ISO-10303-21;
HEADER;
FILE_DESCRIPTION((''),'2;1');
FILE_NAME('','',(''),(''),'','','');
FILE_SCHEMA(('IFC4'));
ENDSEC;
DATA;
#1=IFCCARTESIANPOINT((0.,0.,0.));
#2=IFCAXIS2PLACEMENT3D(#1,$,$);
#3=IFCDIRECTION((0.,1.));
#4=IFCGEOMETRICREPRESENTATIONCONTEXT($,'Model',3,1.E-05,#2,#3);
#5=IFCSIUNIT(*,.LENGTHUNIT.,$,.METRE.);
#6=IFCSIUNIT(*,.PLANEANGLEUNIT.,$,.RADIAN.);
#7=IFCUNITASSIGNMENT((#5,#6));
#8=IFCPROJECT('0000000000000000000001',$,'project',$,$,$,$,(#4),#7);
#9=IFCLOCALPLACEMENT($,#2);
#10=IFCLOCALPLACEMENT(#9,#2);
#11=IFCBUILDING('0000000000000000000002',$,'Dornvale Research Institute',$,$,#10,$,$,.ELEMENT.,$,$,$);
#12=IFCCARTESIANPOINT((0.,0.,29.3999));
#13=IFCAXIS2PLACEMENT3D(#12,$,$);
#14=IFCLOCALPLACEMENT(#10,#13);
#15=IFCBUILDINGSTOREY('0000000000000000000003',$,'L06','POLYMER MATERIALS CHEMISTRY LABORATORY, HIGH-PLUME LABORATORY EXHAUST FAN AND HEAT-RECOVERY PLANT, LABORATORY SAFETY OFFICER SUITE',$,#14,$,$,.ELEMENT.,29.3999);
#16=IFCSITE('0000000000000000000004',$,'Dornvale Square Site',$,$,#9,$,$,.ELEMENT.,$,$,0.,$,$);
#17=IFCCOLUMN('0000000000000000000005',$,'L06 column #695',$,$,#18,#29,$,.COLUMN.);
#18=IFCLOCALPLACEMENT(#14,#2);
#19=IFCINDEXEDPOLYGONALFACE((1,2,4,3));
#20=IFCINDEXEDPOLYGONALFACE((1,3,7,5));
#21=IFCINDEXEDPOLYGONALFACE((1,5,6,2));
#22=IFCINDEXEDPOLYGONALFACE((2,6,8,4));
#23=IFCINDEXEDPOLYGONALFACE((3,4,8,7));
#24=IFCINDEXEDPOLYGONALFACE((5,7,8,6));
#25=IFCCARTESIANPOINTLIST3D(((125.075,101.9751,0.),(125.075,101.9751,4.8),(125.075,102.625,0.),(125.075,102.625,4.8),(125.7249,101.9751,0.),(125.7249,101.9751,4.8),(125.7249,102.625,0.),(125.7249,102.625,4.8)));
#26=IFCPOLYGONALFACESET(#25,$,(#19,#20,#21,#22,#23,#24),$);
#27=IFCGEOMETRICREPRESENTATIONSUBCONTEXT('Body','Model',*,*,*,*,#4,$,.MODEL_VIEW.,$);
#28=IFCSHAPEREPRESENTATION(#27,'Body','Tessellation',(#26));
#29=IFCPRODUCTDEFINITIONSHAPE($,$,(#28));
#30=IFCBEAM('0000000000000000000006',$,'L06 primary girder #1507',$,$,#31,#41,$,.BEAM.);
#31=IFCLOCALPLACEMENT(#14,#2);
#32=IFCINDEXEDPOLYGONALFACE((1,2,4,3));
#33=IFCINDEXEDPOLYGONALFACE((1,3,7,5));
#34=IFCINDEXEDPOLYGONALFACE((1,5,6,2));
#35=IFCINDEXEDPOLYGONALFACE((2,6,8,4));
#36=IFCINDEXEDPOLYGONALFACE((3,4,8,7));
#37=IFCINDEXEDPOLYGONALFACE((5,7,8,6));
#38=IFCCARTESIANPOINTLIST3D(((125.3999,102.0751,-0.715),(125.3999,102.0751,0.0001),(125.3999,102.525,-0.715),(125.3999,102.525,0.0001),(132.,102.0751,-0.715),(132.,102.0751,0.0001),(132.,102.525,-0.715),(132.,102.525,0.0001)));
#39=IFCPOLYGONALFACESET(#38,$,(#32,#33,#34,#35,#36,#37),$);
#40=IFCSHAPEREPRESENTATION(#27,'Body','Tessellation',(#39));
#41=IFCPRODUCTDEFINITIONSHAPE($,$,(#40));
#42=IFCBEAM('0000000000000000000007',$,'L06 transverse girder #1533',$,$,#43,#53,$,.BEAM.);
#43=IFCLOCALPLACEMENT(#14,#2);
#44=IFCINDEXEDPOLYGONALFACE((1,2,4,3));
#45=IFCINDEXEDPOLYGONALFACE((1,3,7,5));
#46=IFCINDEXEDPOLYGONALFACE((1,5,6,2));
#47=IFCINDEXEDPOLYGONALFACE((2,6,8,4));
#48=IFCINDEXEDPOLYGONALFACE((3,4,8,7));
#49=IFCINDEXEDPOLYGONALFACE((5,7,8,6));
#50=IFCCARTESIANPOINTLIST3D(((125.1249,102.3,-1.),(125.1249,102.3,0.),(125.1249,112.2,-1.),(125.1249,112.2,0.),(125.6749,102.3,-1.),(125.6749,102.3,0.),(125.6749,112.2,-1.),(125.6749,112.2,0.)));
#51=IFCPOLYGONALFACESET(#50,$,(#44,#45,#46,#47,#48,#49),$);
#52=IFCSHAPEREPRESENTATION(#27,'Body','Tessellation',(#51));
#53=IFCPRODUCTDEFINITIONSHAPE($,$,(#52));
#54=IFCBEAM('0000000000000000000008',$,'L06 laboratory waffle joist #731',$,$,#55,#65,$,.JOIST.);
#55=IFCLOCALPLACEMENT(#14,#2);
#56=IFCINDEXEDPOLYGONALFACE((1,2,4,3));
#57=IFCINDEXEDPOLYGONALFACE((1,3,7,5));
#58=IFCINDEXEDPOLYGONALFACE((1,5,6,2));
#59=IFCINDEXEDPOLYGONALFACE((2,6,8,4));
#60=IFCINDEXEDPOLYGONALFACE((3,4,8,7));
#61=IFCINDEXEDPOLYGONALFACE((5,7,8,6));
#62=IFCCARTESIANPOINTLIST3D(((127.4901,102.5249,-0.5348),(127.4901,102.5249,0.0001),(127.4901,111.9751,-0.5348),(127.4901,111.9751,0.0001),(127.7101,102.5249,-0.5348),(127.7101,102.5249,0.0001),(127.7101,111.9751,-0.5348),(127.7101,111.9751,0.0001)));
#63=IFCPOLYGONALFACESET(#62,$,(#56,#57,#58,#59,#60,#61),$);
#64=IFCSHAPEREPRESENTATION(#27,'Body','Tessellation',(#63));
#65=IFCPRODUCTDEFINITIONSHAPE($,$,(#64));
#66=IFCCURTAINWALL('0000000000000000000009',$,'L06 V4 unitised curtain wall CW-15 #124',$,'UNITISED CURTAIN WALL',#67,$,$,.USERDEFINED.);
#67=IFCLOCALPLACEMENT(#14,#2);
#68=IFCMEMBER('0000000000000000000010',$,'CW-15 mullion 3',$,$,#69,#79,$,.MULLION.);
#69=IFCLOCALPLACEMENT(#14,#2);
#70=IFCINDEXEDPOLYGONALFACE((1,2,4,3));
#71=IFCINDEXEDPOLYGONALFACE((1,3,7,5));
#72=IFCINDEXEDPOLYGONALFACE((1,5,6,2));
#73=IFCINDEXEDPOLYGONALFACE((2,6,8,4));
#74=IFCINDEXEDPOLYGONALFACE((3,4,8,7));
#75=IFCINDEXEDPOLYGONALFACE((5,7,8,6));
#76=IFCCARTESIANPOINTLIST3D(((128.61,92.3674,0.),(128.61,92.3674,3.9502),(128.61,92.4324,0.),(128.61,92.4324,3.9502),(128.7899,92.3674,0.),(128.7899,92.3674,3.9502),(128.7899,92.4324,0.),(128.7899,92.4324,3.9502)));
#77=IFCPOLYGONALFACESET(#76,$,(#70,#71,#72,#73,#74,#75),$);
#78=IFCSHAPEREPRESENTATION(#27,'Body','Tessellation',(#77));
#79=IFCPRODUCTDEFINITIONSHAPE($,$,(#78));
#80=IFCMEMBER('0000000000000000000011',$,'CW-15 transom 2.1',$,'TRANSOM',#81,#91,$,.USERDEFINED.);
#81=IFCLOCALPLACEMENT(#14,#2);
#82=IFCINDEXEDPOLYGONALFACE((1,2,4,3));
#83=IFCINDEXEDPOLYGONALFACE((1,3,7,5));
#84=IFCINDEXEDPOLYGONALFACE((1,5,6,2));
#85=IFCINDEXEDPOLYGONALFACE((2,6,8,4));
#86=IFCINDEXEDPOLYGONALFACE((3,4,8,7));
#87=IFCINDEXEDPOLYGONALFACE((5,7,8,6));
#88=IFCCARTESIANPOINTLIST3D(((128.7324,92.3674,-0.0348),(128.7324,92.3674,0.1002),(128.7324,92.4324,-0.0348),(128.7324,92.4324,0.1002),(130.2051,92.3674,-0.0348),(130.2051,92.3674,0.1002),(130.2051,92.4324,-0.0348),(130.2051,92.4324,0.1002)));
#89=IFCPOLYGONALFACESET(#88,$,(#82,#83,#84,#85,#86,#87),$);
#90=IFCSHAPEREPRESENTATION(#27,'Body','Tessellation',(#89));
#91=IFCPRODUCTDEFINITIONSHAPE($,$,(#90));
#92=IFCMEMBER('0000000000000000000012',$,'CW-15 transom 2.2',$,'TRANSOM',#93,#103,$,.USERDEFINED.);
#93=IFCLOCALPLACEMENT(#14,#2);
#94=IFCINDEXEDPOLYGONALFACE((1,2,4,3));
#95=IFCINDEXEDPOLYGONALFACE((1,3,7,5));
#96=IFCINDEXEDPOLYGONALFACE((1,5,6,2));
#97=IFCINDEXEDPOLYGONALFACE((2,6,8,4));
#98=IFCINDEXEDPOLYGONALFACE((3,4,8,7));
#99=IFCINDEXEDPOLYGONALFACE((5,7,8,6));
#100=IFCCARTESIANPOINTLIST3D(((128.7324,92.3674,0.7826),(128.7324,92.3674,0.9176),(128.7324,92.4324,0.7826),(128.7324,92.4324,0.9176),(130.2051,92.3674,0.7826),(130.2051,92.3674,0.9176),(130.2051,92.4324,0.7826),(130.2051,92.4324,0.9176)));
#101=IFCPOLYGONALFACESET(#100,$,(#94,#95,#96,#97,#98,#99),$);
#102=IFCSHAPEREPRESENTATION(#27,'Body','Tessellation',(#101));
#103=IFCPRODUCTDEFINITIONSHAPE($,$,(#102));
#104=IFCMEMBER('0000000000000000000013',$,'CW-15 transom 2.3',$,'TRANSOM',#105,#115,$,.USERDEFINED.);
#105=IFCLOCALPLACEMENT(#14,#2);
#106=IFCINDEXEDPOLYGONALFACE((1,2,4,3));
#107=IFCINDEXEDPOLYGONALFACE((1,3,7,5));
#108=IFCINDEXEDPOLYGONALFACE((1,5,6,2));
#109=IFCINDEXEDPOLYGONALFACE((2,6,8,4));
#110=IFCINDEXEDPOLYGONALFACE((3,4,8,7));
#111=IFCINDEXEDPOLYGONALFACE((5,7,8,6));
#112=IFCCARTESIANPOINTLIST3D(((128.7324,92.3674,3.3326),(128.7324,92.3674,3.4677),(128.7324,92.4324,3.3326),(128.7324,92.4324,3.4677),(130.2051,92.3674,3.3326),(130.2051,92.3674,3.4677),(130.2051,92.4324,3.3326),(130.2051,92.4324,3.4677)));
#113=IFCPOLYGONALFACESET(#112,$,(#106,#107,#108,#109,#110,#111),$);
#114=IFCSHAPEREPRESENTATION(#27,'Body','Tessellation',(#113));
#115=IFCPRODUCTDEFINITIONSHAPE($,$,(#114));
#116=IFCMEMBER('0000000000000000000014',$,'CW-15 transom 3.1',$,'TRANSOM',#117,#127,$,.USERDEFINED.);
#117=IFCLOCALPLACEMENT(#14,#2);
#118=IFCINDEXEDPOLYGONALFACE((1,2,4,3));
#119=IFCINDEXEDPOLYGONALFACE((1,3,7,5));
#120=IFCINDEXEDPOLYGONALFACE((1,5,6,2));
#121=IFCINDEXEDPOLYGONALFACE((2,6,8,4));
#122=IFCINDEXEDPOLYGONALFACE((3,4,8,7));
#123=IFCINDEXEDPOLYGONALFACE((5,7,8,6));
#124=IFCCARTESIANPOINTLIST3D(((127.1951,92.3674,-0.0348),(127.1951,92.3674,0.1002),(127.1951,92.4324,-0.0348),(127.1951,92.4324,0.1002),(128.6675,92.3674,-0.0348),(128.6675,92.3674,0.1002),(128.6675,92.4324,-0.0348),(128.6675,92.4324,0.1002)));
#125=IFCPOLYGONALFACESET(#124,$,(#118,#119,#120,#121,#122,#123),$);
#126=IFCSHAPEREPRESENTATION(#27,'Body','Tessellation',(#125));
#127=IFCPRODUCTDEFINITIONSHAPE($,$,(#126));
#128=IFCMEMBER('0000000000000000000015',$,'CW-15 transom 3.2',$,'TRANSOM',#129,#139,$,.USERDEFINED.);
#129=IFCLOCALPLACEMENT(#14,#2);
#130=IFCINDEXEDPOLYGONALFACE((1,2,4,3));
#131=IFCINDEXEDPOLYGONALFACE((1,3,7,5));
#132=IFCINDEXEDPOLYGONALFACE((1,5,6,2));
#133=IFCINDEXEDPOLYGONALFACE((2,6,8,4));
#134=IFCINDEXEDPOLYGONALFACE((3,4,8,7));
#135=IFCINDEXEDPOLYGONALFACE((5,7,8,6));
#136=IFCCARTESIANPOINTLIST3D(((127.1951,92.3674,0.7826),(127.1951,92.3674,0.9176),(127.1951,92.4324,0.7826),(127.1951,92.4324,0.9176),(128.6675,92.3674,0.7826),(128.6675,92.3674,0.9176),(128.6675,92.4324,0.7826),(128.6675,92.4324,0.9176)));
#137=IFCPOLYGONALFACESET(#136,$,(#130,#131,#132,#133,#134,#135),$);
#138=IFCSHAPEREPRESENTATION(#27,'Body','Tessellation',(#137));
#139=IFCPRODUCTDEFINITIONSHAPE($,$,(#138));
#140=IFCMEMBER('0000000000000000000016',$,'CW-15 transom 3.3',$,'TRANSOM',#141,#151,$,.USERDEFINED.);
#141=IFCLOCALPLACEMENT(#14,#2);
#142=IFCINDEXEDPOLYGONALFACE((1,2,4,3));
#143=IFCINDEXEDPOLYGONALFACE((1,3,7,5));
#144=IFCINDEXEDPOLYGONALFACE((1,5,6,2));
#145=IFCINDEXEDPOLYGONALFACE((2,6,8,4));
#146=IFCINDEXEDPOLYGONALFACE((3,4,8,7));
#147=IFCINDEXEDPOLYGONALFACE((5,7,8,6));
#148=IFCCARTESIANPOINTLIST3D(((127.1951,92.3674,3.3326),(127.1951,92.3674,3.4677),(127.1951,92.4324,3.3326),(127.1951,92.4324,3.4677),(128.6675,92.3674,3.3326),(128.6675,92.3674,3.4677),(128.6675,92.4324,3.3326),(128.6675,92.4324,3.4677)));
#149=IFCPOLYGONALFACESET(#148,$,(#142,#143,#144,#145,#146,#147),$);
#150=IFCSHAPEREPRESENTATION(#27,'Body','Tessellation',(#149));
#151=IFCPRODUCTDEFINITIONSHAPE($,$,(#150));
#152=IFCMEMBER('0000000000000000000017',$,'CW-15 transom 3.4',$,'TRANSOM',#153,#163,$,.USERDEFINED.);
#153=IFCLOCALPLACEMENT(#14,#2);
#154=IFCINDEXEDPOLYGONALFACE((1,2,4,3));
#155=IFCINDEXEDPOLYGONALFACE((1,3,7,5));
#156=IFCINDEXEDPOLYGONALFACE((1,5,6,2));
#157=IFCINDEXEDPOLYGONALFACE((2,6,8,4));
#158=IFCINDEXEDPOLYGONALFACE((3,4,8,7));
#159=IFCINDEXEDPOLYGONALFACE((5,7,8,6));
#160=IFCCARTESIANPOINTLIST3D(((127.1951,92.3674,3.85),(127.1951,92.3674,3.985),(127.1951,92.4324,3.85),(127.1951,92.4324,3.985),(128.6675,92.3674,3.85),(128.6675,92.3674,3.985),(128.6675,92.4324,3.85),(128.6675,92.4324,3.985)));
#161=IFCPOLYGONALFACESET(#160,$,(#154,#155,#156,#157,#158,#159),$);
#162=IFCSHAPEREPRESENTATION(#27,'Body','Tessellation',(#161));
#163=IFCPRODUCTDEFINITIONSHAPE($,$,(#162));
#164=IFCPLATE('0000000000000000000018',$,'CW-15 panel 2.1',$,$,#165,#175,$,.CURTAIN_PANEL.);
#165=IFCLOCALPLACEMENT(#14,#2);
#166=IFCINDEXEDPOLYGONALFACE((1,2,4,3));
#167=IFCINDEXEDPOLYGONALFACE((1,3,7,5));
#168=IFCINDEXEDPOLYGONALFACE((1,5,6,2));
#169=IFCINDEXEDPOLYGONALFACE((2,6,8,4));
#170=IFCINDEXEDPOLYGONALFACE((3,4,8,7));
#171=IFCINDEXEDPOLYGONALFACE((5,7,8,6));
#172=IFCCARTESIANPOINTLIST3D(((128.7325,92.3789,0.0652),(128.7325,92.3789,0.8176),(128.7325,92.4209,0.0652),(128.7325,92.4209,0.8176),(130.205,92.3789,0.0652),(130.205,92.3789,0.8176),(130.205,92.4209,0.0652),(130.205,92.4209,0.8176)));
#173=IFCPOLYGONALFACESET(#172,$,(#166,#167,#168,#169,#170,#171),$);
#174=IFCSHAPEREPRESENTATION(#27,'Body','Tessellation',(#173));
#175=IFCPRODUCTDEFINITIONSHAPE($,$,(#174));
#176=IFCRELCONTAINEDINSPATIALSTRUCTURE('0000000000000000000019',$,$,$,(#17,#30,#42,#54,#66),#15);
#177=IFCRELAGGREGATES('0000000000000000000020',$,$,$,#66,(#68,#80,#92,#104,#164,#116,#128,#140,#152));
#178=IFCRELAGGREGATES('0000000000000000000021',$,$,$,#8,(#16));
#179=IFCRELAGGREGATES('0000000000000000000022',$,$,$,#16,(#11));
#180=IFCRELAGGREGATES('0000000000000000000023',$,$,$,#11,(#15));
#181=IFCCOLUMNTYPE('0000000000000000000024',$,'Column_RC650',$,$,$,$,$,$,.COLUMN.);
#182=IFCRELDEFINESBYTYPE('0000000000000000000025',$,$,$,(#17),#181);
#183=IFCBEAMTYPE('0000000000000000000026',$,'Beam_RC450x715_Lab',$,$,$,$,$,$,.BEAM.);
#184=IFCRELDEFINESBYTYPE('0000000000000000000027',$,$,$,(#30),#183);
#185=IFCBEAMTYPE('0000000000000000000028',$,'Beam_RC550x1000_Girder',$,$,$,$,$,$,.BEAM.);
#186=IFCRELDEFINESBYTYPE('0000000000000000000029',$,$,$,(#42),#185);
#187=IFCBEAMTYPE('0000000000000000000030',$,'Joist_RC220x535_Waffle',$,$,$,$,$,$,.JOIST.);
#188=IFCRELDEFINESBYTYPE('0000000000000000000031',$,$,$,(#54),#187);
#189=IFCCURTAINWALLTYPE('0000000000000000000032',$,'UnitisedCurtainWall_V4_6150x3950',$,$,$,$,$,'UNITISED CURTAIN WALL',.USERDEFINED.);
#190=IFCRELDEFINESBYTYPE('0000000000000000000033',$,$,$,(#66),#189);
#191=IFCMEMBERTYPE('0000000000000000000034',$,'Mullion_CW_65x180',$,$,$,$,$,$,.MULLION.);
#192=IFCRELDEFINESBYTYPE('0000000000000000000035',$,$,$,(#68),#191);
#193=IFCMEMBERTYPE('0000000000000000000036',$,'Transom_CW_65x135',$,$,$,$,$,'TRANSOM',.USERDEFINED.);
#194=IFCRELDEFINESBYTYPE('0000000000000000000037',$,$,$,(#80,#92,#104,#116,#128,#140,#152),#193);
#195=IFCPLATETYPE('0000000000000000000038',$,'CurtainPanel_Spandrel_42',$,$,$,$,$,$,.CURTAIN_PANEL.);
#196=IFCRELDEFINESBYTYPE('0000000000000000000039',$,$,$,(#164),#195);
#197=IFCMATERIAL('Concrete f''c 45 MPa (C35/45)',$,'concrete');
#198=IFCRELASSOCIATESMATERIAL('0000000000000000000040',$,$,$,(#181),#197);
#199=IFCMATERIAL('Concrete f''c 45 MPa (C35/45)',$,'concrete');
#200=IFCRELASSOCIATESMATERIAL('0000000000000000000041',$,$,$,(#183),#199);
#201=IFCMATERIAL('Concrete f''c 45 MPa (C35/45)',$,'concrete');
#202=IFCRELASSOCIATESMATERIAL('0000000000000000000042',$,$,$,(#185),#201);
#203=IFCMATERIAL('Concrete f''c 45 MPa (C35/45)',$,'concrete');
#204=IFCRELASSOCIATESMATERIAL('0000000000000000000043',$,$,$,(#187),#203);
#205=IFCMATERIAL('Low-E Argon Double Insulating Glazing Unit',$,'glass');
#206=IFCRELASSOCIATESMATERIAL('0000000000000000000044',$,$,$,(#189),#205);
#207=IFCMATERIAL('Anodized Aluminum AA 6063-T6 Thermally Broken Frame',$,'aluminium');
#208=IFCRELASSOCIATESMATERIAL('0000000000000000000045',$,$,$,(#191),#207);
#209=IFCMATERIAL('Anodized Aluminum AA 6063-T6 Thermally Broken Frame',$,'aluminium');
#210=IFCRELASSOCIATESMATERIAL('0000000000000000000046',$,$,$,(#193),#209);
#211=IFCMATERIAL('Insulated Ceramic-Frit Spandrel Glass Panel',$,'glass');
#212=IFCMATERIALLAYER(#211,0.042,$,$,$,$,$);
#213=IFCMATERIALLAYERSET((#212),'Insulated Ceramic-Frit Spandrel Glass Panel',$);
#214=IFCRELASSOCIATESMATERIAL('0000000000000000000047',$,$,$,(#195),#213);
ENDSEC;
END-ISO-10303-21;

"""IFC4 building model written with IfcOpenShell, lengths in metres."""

from ifc_helpers import new_model, si_unit, direction, frame, origin, origin_2d, place, context, subcontext, project, spatial, rectangle, extrude, material, layer, layer_set, material_profile, profile_set, type_object, element, aggregate, save


model = new_model("IFC4")

# Units and contexts
model_context = context("Model", 3, precision=1e-05, world=origin(), true_north=direction((0.0, 1.0)))
body_context = subcontext(model_context, "Body", "Model", "MODEL_VIEW")
ifc_project = project(units=[si_unit("LENGTHUNIT", "METRE"), si_unit("PLANEANGLEUNIT", "RADIAN")], contexts=[model_context])

# Site, building, storey
site_placement = place(None, origin())
site = spatial("IfcSite", under=ifc_project, at=site_placement, Name="Dornvale Square Site", CompositionType="ELEMENT", RefElevation=0.0)
building_placement = place(site_placement, origin())
building = spatial("IfcBuilding", under=site, at=building_placement, Name="Dornvale Research Institute", CompositionType="ELEMENT")
storey_placement = place(building_placement, frame((0.0, 0.0, 29.3999)))
storey = spatial("IfcBuildingStorey", under=building, at=storey_placement, Name="L06", Description="POLYMER MATERIALS CHEMISTRY LABORATORY, HIGH-PLUME LABORATORY EXHAUST FAN AND HEAT-RECOVERY PLANT, LABORATORY SAFETY OFFICER SUITE", CompositionType="ELEMENT", Elevation=29.3999)

# Column
ifc_material_1 = material(Name="Concrete f'c 45 MPa (C35/45)", Category="concrete")
ifc_material_profile_1 = material_profile(ifc_material_1, rectangle(XDim=0.6499, YDim=0.6499, at=origin_2d()), Name="RC 650x650")
ifc_profile_set_1 = profile_set([ifc_material_profile_1], Name="Concrete f'c 45 MPa (C35/45)")
column_type = type_object("IfcColumnType", Name="Column_RC650", PredefinedType="COLUMN", material=ifc_profile_set_1)
column_placement = place(storey_placement, frame((125.3999, 102.3, 0.0), z_axis=(0.0, 0.0, 1.0), x_axis=(1.0, 0.0, 0.0)))
element("IfcColumn", 1, at=column_placement, inside=storey, type_object=column_type, Name="L06 column #695", PredefinedType="COLUMN", context=body_context, shape_type="SweptSolid", body=[
    extrude(rectangle(XDim=0.6499, YDim=0.6499, at=origin_2d()), origin(), (0.0, 0.0, 1.0), 4.8),
])

# Beams
ifc_material_2 = material(Name="Concrete f'c 45 MPa (C35/45)", Category="concrete")
ifc_material_profile_2 = material_profile(ifc_material_2, rectangle(XDim=0.45, YDim=0.7151, at=origin_2d()), Name="RC 450x715")
ifc_profile_set_2 = profile_set([ifc_material_profile_2], Name="Concrete f'c 45 MPa (C35/45)")
beam_type_1 = type_object("IfcBeamType", Name="Beam_RC450x715_Lab", PredefinedType="BEAM", material=ifc_profile_set_2)
beam_1_placement = place(storey_placement, frame((125.3999, 102.3, -0.3574), z_axis=(1.0, 0.0, 0.0), x_axis=(0.0, 1.0, 0.0)))
element("IfcBeam", 2, at=beam_1_placement, inside=storey, type_object=beam_type_1, Name="L06 primary girder #1507", PredefinedType="BEAM", context=body_context, shape_type="SweptSolid", body=[
    extrude(rectangle(XDim=0.45, YDim=0.7151, at=origin_2d()), origin(), (0.0, 0.0, 1.0), 6.6001),
])
ifc_material_3 = material(Name="Concrete f'c 45 MPa (C35/45)", Category="concrete")
ifc_material_profile_3 = material_profile(ifc_material_3, rectangle(XDim=0.55, YDim=1.0, at=origin_2d()), Name="RC 550x1000")
ifc_profile_set_3 = profile_set([ifc_material_profile_3], Name="Concrete f'c 45 MPa (C35/45)")
beam_type_2 = type_object("IfcBeamType", Name="Beam_RC550x1000_Girder", PredefinedType="BEAM", material=ifc_profile_set_3)
beam_2_placement = place(storey_placement, frame((125.3999, 102.3, -0.5), z_axis=(0.0, 1.0, 0.0), x_axis=(-1.0, 0.0, 0.0)))
element("IfcBeam", 3, at=beam_2_placement, inside=storey, type_object=beam_type_2, Name="L06 transverse girder #1533", PredefinedType="BEAM", context=body_context, shape_type="SweptSolid", body=[
    extrude(rectangle(XDim=0.55, YDim=1.0, at=origin_2d()), origin(), (0.0, 0.0, 1.0), 9.8999),
])
ifc_material_4 = material(Name="Concrete f'c 45 MPa (C35/45)", Category="concrete")
ifc_material_profile_4 = material_profile(ifc_material_4, rectangle(XDim=0.22, YDim=0.5349, at=origin_2d()), Name="RC 220x535")
ifc_profile_set_4 = profile_set([ifc_material_profile_4], Name="Concrete f'c 45 MPa (C35/45)")
beam_type_3 = type_object("IfcBeamType", Name="Joist_RC220x535_Waffle", PredefinedType="JOIST", material=ifc_profile_set_4)
beam_3_placement = place(storey_placement, frame((127.6001, 102.5249, -0.2673), z_axis=(0.0, 1.0, 0.0), x_axis=(-1.0, 0.0, 0.0)))
element("IfcBeam", 4, at=beam_3_placement, inside=storey, type_object=beam_type_3, Name="L06 laboratory waffle joist #731", PredefinedType="JOIST", context=body_context, shape_type="SweptSolid", body=[
    extrude(rectangle(XDim=0.22, YDim=0.5349, at=origin_2d()), origin(), (0.0, 0.0, 1.0), 9.4502),
])

# Curtain wall, members, plate
ifc_material_5 = material(Name="Low-E Argon Double Insulating Glazing Unit", Category="glass")
curtain_wall_type = type_object("IfcCurtainWallType", Name="UnitisedCurtainWall_V4_6150x3950", ElementType="UNITISED CURTAIN WALL", PredefinedType="USERDEFINED", material=ifc_material_5)
curtain_wall_placement = place(storey_placement, origin())
curtain_wall = element("IfcCurtainWall", 5, at=curtain_wall_placement, inside=storey, type_object=curtain_wall_type, Name="L06 V4 unitised curtain wall CW-15 #124", ObjectType="UNITISED CURTAIN WALL", PredefinedType="USERDEFINED")
ifc_material_6 = material(Name="Anodized Aluminum AA 6063-T6 Thermally Broken Frame", Category="aluminium")
ifc_material_profile_5 = material_profile(ifc_material_6, rectangle(XDim=0.0649, YDim=0.1799, at=origin_2d()), Name="ALU MULLION 65x180")
ifc_profile_set_5 = profile_set([ifc_material_profile_5], Name="Anodized Aluminum AA 6063-T6 Thermally Broken Frame")
member_type_1 = type_object("IfcMemberType", Name="Mullion_CW_65x180", PredefinedType="MULLION", material=ifc_profile_set_5)
member_1_placement = place(storey_placement, frame((128.7, 92.3999, 0.0), z_axis=(0.0, 0.0, 1.0), x_axis=(0.0, -1.0, 0.0)))
member_1 = element("IfcMember", 6, at=member_1_placement, type_object=member_type_1, Name="CW-15 mullion 3", PredefinedType="MULLION", context=body_context, shape_type="SweptSolid", body=[
    extrude(rectangle(XDim=0.0649, YDim=0.1799, at=origin_2d()), origin(), (0.0, 0.0, 1.0), 3.9502),
])
ifc_material_7 = material(Name="Anodized Aluminum AA 6063-T6 Thermally Broken Frame", Category="aluminium")
ifc_material_profile_6 = material_profile(ifc_material_7, rectangle(XDim=0.0649, YDim=0.135, at=origin_2d()), Name="ALU TRANSOM 65x135")
ifc_profile_set_6 = profile_set([ifc_material_profile_6], Name="Anodized Aluminum AA 6063-T6 Thermally Broken Frame")
member_type_2 = type_object("IfcMemberType", Name="Transom_CW_65x135", ElementType="TRANSOM", PredefinedType="USERDEFINED", material=ifc_profile_set_6)
member_2_placement = place(storey_placement, frame((130.2051, 92.3999, 0.0327), z_axis=(-1.0, 0.0, 0.0), x_axis=(0.0, -1.0, 0.0)))
member_2 = element("IfcMember", 7, at=member_2_placement, type_object=member_type_2, Name="CW-15 transom 2.1", ObjectType="TRANSOM", PredefinedType="USERDEFINED", context=body_context, shape_type="SweptSolid", body=[
    extrude(rectangle(XDim=0.0649, YDim=0.135, at=origin_2d()), origin(), (0.0, 0.0, 1.0), 1.4727),
])
member_3_placement = place(storey_placement, frame((130.2051, 92.3999, 0.8501), z_axis=(-1.0, 0.0, 0.0), x_axis=(0.0, -1.0, 0.0)))
member_3 = element("IfcMember", 8, at=member_3_placement, type_object=member_type_2, Name="CW-15 transom 2.2", ObjectType="TRANSOM", PredefinedType="USERDEFINED", context=body_context, shape_type="SweptSolid", body=[
    extrude(rectangle(XDim=0.0649, YDim=0.135, at=origin_2d()), origin(), (0.0, 0.0, 1.0), 1.4727),
])
member_4_placement = place(storey_placement, frame((130.2051, 92.3999, 3.4001), z_axis=(-1.0, 0.0, 0.0), x_axis=(0.0, -1.0, 0.0)))
member_4 = element("IfcMember", 9, at=member_4_placement, type_object=member_type_2, Name="CW-15 transom 2.3", ObjectType="TRANSOM", PredefinedType="USERDEFINED", context=body_context, shape_type="SweptSolid", body=[
    extrude(rectangle(XDim=0.0649, YDim=0.135, at=origin_2d()), origin(), (0.0, 0.0, 1.0), 1.4727),
])
member_5_placement = place(storey_placement, frame((128.6675, 92.3999, 0.0327), z_axis=(-1.0, 0.0, 0.0), x_axis=(0.0, -1.0, 0.0)))
member_5 = element("IfcMember", 10, at=member_5_placement, type_object=member_type_2, Name="CW-15 transom 3.1", ObjectType="TRANSOM", PredefinedType="USERDEFINED", context=body_context, shape_type="SweptSolid", body=[
    extrude(rectangle(XDim=0.0649, YDim=0.135, at=origin_2d()), origin(), (0.0, 0.0, 1.0), 1.4724),
])
member_6_placement = place(storey_placement, frame((128.6675, 92.3999, 0.8501), z_axis=(-1.0, 0.0, 0.0), x_axis=(0.0, -1.0, 0.0)))
member_6 = element("IfcMember", 11, at=member_6_placement, type_object=member_type_2, Name="CW-15 transom 3.2", ObjectType="TRANSOM", PredefinedType="USERDEFINED", context=body_context, shape_type="SweptSolid", body=[
    extrude(rectangle(XDim=0.0649, YDim=0.135, at=origin_2d()), origin(), (0.0, 0.0, 1.0), 1.4724),
])
member_7_placement = place(storey_placement, frame((128.6675, 92.3999, 3.4001), z_axis=(-1.0, 0.0, 0.0), x_axis=(0.0, -1.0, 0.0)))
member_7 = element("IfcMember", 12, at=member_7_placement, type_object=member_type_2, Name="CW-15 transom 3.3", ObjectType="TRANSOM", PredefinedType="USERDEFINED", context=body_context, shape_type="SweptSolid", body=[
    extrude(rectangle(XDim=0.0649, YDim=0.135, at=origin_2d()), origin(), (0.0, 0.0, 1.0), 1.4724),
])
member_8_placement = place(storey_placement, frame((128.6675, 92.3999, 3.9175), z_axis=(-1.0, 0.0, 0.0), x_axis=(0.0, -1.0, 0.0)))
member_8 = element("IfcMember", 13, at=member_8_placement, type_object=member_type_2, Name="CW-15 transom 3.4", ObjectType="TRANSOM", PredefinedType="USERDEFINED", context=body_context, shape_type="SweptSolid", body=[
    extrude(rectangle(XDim=0.0649, YDim=0.135, at=origin_2d()), origin(), (0.0, 0.0, 1.0), 1.4724),
])
ifc_material_8 = material(Name="Insulated Ceramic-Frit Spandrel Glass Panel", Category="glass")
ifc_layer_1 = layer(ifc_material_8, 0.042)
ifc_layer_set_1 = layer_set([ifc_layer_1], Name="Insulated Ceramic-Frit Spandrel Glass Panel")
plate_type_1 = type_object("IfcPlateType", Name="CurtainPanel_Spandrel_42", PredefinedType="CURTAIN_PANEL", material=ifc_layer_set_1)
plate_1_placement = place(storey_placement, frame((129.4688, 92.3999, 0.0652), z_axis=(0.0, 0.0, 1.0), x_axis=(-1.0, 0.0, 0.0)))
plate_1 = element("IfcPlate", 14, at=plate_1_placement, type_object=plate_type_1, Name="CW-15 panel 2.1", PredefinedType="CURTAIN_PANEL", context=body_context, shape_type="SweptSolid", body=[
    extrude(rectangle(XDim=1.4724, YDim=0.042, at=origin_2d()), origin(), (0.0, 0.0, 1.0), 0.7524),
])
aggregate(curtain_wall, [member_1, member_2, member_3, member_4, plate_1, member_5, member_6, member_7, member_8])

save(model, "model.ifc")
